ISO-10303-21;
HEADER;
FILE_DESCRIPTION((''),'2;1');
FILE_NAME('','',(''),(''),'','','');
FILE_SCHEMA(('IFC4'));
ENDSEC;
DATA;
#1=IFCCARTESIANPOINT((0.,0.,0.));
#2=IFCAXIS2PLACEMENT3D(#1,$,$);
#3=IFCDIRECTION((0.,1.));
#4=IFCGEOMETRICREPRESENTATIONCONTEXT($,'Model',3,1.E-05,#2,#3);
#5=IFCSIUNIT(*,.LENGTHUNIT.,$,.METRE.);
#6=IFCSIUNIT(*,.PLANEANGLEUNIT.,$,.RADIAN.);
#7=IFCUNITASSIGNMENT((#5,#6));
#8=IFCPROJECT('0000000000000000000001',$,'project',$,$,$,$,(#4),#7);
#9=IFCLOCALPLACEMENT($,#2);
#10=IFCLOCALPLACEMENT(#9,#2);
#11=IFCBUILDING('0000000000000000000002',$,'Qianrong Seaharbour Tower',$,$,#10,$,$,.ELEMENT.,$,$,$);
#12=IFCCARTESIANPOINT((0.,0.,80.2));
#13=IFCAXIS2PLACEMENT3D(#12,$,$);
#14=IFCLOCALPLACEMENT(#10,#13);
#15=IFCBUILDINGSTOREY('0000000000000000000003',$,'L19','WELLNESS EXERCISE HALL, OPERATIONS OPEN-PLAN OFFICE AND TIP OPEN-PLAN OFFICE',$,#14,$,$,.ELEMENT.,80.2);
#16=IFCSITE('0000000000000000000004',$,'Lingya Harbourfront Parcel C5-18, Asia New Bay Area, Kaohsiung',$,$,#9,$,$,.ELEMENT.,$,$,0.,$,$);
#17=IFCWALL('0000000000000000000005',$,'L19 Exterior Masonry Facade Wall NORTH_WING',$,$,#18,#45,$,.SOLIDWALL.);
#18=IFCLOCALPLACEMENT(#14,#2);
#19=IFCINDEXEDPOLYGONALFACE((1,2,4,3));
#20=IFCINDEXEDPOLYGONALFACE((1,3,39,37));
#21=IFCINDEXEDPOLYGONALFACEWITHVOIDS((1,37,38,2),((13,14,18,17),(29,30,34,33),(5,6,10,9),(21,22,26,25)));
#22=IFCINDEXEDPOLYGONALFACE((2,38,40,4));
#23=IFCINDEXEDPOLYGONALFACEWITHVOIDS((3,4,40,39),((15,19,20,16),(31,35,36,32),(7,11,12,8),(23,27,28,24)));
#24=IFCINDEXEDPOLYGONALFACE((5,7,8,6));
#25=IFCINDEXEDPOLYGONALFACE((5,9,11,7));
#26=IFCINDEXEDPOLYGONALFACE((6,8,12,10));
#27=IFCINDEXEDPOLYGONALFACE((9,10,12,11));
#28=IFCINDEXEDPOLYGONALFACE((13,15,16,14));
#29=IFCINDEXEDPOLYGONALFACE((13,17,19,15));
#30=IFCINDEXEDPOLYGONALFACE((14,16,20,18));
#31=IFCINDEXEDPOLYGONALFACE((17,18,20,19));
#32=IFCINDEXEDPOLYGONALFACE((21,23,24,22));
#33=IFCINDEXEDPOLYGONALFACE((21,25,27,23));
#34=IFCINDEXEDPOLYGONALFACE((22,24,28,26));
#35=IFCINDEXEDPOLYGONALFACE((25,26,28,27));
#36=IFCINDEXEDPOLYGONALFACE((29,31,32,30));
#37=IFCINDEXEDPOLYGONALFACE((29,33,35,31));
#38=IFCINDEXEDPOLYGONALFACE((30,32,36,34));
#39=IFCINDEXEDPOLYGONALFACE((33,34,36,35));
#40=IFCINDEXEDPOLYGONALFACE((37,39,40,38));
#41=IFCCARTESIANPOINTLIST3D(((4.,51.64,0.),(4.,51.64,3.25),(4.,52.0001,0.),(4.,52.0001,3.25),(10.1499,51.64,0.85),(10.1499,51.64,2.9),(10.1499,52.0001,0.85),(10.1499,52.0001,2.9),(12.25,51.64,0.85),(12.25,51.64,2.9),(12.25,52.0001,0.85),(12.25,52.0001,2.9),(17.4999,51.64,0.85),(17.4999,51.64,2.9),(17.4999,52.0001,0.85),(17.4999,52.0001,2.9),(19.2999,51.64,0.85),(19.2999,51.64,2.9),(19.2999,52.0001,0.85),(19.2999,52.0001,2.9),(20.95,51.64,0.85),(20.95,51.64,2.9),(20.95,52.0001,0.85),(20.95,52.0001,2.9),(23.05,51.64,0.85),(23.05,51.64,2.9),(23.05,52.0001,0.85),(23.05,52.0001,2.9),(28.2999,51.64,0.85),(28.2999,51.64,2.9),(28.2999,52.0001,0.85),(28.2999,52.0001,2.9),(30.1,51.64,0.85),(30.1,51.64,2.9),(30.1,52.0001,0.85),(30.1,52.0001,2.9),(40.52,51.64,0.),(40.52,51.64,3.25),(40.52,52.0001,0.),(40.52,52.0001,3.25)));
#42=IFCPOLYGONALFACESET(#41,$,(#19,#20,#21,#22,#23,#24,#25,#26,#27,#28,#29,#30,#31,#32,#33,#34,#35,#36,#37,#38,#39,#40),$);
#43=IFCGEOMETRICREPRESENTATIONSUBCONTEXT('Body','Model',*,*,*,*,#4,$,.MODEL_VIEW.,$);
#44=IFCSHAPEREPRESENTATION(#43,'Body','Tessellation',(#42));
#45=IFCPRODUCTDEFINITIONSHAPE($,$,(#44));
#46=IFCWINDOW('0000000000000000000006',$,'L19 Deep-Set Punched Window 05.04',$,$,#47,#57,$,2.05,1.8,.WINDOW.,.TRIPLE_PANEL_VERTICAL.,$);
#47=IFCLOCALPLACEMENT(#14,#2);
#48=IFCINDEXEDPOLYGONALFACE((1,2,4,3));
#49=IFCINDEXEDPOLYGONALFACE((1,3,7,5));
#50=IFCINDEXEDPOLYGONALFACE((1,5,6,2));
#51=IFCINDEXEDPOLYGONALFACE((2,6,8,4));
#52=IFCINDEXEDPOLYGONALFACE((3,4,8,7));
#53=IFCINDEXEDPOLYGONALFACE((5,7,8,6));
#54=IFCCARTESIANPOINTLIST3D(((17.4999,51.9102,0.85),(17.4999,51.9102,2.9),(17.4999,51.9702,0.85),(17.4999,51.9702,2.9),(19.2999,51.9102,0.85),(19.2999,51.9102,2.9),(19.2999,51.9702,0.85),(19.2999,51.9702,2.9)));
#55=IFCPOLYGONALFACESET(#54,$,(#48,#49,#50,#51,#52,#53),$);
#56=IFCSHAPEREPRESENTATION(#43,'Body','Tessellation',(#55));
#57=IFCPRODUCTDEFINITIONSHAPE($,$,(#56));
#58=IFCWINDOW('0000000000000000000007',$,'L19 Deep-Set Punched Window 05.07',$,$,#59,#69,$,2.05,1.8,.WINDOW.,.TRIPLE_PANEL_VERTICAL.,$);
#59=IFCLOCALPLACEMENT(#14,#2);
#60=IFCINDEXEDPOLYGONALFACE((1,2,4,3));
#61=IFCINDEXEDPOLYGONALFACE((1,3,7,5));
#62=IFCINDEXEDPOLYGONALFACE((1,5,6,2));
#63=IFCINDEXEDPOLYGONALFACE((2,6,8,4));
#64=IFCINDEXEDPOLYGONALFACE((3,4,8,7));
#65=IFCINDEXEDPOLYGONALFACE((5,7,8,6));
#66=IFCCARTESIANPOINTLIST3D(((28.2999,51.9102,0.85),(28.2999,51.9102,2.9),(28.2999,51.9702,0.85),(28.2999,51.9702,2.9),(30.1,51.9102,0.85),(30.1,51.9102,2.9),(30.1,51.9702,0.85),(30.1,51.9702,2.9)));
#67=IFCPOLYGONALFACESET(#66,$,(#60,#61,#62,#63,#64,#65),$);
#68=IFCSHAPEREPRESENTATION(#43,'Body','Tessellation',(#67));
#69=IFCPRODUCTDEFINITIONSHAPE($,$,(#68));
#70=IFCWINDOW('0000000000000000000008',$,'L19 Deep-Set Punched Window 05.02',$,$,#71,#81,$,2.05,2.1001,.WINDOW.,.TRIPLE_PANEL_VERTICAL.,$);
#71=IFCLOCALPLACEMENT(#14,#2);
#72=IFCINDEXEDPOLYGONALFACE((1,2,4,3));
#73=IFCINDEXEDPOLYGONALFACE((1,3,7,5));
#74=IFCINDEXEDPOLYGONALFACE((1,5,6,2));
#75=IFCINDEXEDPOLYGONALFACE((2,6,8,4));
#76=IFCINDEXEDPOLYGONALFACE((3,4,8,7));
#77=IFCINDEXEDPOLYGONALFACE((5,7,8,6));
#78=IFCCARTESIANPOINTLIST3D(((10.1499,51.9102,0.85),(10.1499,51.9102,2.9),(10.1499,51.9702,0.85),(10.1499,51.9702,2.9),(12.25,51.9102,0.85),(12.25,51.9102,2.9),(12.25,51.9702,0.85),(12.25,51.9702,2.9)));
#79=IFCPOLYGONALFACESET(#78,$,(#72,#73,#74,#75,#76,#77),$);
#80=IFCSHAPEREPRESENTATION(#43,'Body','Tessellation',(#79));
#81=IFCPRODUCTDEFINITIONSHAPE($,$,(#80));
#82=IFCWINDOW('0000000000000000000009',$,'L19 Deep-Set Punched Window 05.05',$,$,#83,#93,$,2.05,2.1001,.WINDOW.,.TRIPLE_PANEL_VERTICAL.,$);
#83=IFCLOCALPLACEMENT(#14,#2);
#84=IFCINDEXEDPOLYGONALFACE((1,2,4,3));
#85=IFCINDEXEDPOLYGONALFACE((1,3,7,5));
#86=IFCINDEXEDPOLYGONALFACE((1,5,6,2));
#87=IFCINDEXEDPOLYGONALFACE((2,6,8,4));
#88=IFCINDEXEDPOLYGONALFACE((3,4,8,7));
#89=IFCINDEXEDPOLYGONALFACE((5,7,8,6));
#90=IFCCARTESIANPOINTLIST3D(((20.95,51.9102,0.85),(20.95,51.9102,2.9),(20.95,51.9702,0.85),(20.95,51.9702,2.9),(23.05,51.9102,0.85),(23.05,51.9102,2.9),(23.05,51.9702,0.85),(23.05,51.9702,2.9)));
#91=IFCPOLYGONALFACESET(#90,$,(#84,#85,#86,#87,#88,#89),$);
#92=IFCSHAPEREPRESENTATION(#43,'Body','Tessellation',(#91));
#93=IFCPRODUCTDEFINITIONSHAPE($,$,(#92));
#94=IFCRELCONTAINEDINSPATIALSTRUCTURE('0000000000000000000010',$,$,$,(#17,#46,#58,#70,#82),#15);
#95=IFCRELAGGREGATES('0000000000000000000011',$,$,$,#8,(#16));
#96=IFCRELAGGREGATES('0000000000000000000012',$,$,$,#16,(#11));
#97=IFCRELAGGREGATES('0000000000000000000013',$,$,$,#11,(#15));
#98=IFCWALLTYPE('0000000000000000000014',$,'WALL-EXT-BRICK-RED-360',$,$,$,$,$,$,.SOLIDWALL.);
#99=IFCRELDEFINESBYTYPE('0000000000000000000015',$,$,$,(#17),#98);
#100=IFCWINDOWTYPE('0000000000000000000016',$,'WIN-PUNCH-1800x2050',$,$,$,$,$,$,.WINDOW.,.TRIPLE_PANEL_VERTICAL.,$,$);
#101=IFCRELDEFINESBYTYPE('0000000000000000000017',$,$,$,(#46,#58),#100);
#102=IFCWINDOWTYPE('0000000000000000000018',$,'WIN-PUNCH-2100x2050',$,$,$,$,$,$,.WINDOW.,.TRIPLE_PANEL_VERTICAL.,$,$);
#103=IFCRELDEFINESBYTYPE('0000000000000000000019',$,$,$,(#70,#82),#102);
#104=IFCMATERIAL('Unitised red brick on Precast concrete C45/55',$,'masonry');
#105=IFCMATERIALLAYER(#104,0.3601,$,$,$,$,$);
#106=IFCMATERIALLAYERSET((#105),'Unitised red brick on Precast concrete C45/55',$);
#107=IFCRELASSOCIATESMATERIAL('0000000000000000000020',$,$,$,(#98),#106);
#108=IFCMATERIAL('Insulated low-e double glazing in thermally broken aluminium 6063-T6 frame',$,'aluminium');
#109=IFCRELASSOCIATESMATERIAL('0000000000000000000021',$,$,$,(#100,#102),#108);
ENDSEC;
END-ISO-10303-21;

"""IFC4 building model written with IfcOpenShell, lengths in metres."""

from ifc_helpers import new_model, si_unit, direction, frame, frame_2d, origin, place, context, subcontext, project, spatial, rectangle, extrude, material, layer, layer_set, type_object, element, fill, save


model = new_model("IFC4")

# Units and contexts
model_context = context("Model", 3, precision=1e-05, world=origin(), true_north=direction((0.0, 1.0)))
body_context = subcontext(model_context, "Body", "Model", "MODEL_VIEW")
ifc_project = project(units=[si_unit("LENGTHUNIT", "METRE"), si_unit("PLANEANGLEUNIT", "RADIAN")], contexts=[model_context])

# Site, building, storey
site_placement = place(None, origin())
site = spatial("IfcSite", under=ifc_project, at=site_placement, Name="Lingya Harbourfront Parcel C5-18, Asia New Bay Area, Kaohsiung", CompositionType="ELEMENT", RefElevation=0.0)
building_placement = place(site_placement, origin())
building = spatial("IfcBuilding", under=site, at=building_placement, Name="Qianrong Seaharbour Tower", CompositionType="ELEMENT")
storey_placement = place(building_placement, frame((0.0, 0.0, 80.2)))
storey = spatial("IfcBuildingStorey", under=building, at=storey_placement, Name="L19", Description="WELLNESS EXERCISE HALL, OPERATIONS OPEN-PLAN OFFICE AND TIP OPEN-PLAN OFFICE", CompositionType="ELEMENT", Elevation=80.2)

# Shared definitions
ifc_material_1 = material(Name="Unitised red brick on Precast concrete C45/55", Category="masonry")
ifc_layer_1 = layer(ifc_material_1, 0.3601)
ifc_layer_set_1 = layer_set([ifc_layer_1], Name="Unitised red brick on Precast concrete C45/55")
wall_type_1 = type_object("IfcWallType", Name="WALL-EXT-BRICK-RED-360", PredefinedType="SOLIDWALL", material=ifc_layer_set_1)

# Wall, openings, windows
wall_1_placement = place(storey_placement, frame((4.0, 51.8201, 0.0), z_axis=(0.0, 0.0, 1.0), x_axis=(1.0, 0.0, 0.0)))
wall_1 = element("IfcWall", 1, at=wall_1_placement, inside=storey, type_object=wall_type_1, Name="L19 Exterior Masonry Facade Wall NORTH_WING", PredefinedType="SOLIDWALL", context=body_context, shape_type="SweptSolid", body=[
    extrude(rectangle(XDim=36.52, YDim=0.3601, at=frame_2d((18.26, 0.0))), origin(), (0.0, 0.0, 1.0), 3.25),
])
opening_1_placement = place(wall_1_placement, frame((6.1499, 0.0, 0.8501)))
opening_1 = element("IfcOpeningElement", 2, at=opening_1_placement, cuts=wall_1, PredefinedType="OPENING", context=body_context, shape_type="SweptSolid", body=[
    extrude(rectangle(XDim=2.1001, YDim=2.05, at=frame_2d((1.05, 1.0249))), frame((0.0, 0.1899, 0.0), z_axis=(0.0, -1.0, 0.0), x_axis=(1.0, 0.0, 0.0)), (0.0, 0.0, 1.0), 0.3801),
])
opening_2_placement = place(wall_1_placement, frame((13.5, 0.0, 0.8501)))
opening_2 = element("IfcOpeningElement", 3, at=opening_2_placement, cuts=wall_1, PredefinedType="OPENING", context=body_context, shape_type="SweptSolid", body=[
    extrude(rectangle(XDim=1.8, YDim=2.05, at=frame_2d((0.8999, 1.0249))), frame((0.0, 0.1899, 0.0), z_axis=(0.0, -1.0, 0.0), x_axis=(1.0, 0.0, 0.0)), (0.0, 0.0, 1.0), 0.3801),
])
opening_3_placement = place(wall_1_placement, frame((16.95, 0.0, 0.8501)))
opening_3 = element("IfcOpeningElement", 4, at=opening_3_placement, cuts=wall_1, PredefinedType="OPENING", context=body_context, shape_type="SweptSolid", body=[
    extrude(rectangle(XDim=2.1001, YDim=2.05, at=frame_2d((1.05, 1.0249))), frame((0.0, 0.1899, 0.0), z_axis=(0.0, -1.0, 0.0), x_axis=(1.0, 0.0, 0.0)), (0.0, 0.0, 1.0), 0.3801),
])
opening_4_placement = place(wall_1_placement, frame((24.3, 0.0, 0.8501)))
opening_4 = element("IfcOpeningElement", 5, at=opening_4_placement, cuts=wall_1, PredefinedType="OPENING", context=body_context, shape_type="SweptSolid", body=[
    extrude(rectangle(XDim=1.8, YDim=2.05, at=frame_2d((0.8999, 1.0249))), frame((0.0, 0.1899, 0.0), z_axis=(0.0, -1.0, 0.0), x_axis=(1.0, 0.0, 0.0)), (0.0, 0.0, 1.0), 0.3801),
])
ifc_material_2 = material(Name="Insulated low-e double glazing in thermally broken aluminium 6063-T6 frame", Category="aluminium")
window_type_1 = type_object("IfcWindowType", Name="WIN-PUNCH-1800x2050", PartitioningType="TRIPLE_PANEL_VERTICAL", PredefinedType="WINDOW", material=ifc_material_2)
window_1_placement = place(opening_2_placement, origin())
window_1 = element("IfcWindow", 6, at=window_1_placement, inside=storey, type_object=window_type_1, Name="L19 Deep-Set Punched Window 05.04", OverallHeight=2.05, OverallWidth=1.8, PartitioningType="TRIPLE_PANEL_VERTICAL", PredefinedType="WINDOW", context=body_context, shape_type="SweptSolid", body=[
    extrude(rectangle(XDim=1.8, YDim=2.05, at=frame_2d((0.8999, 1.0249))), frame((0.0, 0.1501, 0.0), z_axis=(0.0, -1.0, 0.0), x_axis=(1.0, 0.0, 0.0)), (0.0, 0.0, 1.0), 0.0601),
])
fill(opening_2, window_1)
window_2_placement = place(opening_4_placement, origin())
window_2 = element("IfcWindow", 7, at=window_2_placement, inside=storey, type_object=window_type_1, Name="L19 Deep-Set Punched Window 05.07", OverallHeight=2.05, OverallWidth=1.8, PartitioningType="TRIPLE_PANEL_VERTICAL", PredefinedType="WINDOW", context=body_context, shape_type="SweptSolid", body=[
    extrude(rectangle(XDim=1.8, YDim=2.05, at=frame_2d((0.8999, 1.0249))), frame((0.0, 0.1501, 0.0), z_axis=(0.0, -1.0, 0.0), x_axis=(1.0, 0.0, 0.0)), (0.0, 0.0, 1.0), 0.0601),
])
fill(opening_4, window_2)
window_type_2 = type_object("IfcWindowType", Name="WIN-PUNCH-2100x2050", PartitioningType="TRIPLE_PANEL_VERTICAL", PredefinedType="WINDOW", material=ifc_material_2)
window_3_placement = place(opening_1_placement, origin())
window_3 = element("IfcWindow", 8, at=window_3_placement, inside=storey, type_object=window_type_2, Name="L19 Deep-Set Punched Window 05.02", OverallHeight=2.05, OverallWidth=2.1001, PartitioningType="TRIPLE_PANEL_VERTICAL", PredefinedType="WINDOW", context=body_context, shape_type="SweptSolid", body=[
    extrude(rectangle(XDim=2.1001, YDim=2.05, at=frame_2d((1.05, 1.0249))), frame((0.0, 0.1501, 0.0), z_axis=(0.0, -1.0, 0.0), x_axis=(1.0, 0.0, 0.0)), (0.0, 0.0, 1.0), 0.0601),
])
fill(opening_1, window_3)
window_4_placement = place(opening_3_placement, origin())
window_4 = element("IfcWindow", 9, at=window_4_placement, inside=storey, type_object=window_type_2, Name="L19 Deep-Set Punched Window 05.05", OverallHeight=2.05, OverallWidth=2.1001, PartitioningType="TRIPLE_PANEL_VERTICAL", PredefinedType="WINDOW", context=body_context, shape_type="SweptSolid", body=[
    extrude(rectangle(XDim=2.1001, YDim=2.05, at=frame_2d((1.05, 1.0249))), frame((0.0, 0.1501, 0.0), z_axis=(0.0, -1.0, 0.0), x_axis=(1.0, 0.0, 0.0)), (0.0, 0.0, 1.0), 0.0601),
])
fill(opening_3, window_4)

save(model, "model.ifc")
